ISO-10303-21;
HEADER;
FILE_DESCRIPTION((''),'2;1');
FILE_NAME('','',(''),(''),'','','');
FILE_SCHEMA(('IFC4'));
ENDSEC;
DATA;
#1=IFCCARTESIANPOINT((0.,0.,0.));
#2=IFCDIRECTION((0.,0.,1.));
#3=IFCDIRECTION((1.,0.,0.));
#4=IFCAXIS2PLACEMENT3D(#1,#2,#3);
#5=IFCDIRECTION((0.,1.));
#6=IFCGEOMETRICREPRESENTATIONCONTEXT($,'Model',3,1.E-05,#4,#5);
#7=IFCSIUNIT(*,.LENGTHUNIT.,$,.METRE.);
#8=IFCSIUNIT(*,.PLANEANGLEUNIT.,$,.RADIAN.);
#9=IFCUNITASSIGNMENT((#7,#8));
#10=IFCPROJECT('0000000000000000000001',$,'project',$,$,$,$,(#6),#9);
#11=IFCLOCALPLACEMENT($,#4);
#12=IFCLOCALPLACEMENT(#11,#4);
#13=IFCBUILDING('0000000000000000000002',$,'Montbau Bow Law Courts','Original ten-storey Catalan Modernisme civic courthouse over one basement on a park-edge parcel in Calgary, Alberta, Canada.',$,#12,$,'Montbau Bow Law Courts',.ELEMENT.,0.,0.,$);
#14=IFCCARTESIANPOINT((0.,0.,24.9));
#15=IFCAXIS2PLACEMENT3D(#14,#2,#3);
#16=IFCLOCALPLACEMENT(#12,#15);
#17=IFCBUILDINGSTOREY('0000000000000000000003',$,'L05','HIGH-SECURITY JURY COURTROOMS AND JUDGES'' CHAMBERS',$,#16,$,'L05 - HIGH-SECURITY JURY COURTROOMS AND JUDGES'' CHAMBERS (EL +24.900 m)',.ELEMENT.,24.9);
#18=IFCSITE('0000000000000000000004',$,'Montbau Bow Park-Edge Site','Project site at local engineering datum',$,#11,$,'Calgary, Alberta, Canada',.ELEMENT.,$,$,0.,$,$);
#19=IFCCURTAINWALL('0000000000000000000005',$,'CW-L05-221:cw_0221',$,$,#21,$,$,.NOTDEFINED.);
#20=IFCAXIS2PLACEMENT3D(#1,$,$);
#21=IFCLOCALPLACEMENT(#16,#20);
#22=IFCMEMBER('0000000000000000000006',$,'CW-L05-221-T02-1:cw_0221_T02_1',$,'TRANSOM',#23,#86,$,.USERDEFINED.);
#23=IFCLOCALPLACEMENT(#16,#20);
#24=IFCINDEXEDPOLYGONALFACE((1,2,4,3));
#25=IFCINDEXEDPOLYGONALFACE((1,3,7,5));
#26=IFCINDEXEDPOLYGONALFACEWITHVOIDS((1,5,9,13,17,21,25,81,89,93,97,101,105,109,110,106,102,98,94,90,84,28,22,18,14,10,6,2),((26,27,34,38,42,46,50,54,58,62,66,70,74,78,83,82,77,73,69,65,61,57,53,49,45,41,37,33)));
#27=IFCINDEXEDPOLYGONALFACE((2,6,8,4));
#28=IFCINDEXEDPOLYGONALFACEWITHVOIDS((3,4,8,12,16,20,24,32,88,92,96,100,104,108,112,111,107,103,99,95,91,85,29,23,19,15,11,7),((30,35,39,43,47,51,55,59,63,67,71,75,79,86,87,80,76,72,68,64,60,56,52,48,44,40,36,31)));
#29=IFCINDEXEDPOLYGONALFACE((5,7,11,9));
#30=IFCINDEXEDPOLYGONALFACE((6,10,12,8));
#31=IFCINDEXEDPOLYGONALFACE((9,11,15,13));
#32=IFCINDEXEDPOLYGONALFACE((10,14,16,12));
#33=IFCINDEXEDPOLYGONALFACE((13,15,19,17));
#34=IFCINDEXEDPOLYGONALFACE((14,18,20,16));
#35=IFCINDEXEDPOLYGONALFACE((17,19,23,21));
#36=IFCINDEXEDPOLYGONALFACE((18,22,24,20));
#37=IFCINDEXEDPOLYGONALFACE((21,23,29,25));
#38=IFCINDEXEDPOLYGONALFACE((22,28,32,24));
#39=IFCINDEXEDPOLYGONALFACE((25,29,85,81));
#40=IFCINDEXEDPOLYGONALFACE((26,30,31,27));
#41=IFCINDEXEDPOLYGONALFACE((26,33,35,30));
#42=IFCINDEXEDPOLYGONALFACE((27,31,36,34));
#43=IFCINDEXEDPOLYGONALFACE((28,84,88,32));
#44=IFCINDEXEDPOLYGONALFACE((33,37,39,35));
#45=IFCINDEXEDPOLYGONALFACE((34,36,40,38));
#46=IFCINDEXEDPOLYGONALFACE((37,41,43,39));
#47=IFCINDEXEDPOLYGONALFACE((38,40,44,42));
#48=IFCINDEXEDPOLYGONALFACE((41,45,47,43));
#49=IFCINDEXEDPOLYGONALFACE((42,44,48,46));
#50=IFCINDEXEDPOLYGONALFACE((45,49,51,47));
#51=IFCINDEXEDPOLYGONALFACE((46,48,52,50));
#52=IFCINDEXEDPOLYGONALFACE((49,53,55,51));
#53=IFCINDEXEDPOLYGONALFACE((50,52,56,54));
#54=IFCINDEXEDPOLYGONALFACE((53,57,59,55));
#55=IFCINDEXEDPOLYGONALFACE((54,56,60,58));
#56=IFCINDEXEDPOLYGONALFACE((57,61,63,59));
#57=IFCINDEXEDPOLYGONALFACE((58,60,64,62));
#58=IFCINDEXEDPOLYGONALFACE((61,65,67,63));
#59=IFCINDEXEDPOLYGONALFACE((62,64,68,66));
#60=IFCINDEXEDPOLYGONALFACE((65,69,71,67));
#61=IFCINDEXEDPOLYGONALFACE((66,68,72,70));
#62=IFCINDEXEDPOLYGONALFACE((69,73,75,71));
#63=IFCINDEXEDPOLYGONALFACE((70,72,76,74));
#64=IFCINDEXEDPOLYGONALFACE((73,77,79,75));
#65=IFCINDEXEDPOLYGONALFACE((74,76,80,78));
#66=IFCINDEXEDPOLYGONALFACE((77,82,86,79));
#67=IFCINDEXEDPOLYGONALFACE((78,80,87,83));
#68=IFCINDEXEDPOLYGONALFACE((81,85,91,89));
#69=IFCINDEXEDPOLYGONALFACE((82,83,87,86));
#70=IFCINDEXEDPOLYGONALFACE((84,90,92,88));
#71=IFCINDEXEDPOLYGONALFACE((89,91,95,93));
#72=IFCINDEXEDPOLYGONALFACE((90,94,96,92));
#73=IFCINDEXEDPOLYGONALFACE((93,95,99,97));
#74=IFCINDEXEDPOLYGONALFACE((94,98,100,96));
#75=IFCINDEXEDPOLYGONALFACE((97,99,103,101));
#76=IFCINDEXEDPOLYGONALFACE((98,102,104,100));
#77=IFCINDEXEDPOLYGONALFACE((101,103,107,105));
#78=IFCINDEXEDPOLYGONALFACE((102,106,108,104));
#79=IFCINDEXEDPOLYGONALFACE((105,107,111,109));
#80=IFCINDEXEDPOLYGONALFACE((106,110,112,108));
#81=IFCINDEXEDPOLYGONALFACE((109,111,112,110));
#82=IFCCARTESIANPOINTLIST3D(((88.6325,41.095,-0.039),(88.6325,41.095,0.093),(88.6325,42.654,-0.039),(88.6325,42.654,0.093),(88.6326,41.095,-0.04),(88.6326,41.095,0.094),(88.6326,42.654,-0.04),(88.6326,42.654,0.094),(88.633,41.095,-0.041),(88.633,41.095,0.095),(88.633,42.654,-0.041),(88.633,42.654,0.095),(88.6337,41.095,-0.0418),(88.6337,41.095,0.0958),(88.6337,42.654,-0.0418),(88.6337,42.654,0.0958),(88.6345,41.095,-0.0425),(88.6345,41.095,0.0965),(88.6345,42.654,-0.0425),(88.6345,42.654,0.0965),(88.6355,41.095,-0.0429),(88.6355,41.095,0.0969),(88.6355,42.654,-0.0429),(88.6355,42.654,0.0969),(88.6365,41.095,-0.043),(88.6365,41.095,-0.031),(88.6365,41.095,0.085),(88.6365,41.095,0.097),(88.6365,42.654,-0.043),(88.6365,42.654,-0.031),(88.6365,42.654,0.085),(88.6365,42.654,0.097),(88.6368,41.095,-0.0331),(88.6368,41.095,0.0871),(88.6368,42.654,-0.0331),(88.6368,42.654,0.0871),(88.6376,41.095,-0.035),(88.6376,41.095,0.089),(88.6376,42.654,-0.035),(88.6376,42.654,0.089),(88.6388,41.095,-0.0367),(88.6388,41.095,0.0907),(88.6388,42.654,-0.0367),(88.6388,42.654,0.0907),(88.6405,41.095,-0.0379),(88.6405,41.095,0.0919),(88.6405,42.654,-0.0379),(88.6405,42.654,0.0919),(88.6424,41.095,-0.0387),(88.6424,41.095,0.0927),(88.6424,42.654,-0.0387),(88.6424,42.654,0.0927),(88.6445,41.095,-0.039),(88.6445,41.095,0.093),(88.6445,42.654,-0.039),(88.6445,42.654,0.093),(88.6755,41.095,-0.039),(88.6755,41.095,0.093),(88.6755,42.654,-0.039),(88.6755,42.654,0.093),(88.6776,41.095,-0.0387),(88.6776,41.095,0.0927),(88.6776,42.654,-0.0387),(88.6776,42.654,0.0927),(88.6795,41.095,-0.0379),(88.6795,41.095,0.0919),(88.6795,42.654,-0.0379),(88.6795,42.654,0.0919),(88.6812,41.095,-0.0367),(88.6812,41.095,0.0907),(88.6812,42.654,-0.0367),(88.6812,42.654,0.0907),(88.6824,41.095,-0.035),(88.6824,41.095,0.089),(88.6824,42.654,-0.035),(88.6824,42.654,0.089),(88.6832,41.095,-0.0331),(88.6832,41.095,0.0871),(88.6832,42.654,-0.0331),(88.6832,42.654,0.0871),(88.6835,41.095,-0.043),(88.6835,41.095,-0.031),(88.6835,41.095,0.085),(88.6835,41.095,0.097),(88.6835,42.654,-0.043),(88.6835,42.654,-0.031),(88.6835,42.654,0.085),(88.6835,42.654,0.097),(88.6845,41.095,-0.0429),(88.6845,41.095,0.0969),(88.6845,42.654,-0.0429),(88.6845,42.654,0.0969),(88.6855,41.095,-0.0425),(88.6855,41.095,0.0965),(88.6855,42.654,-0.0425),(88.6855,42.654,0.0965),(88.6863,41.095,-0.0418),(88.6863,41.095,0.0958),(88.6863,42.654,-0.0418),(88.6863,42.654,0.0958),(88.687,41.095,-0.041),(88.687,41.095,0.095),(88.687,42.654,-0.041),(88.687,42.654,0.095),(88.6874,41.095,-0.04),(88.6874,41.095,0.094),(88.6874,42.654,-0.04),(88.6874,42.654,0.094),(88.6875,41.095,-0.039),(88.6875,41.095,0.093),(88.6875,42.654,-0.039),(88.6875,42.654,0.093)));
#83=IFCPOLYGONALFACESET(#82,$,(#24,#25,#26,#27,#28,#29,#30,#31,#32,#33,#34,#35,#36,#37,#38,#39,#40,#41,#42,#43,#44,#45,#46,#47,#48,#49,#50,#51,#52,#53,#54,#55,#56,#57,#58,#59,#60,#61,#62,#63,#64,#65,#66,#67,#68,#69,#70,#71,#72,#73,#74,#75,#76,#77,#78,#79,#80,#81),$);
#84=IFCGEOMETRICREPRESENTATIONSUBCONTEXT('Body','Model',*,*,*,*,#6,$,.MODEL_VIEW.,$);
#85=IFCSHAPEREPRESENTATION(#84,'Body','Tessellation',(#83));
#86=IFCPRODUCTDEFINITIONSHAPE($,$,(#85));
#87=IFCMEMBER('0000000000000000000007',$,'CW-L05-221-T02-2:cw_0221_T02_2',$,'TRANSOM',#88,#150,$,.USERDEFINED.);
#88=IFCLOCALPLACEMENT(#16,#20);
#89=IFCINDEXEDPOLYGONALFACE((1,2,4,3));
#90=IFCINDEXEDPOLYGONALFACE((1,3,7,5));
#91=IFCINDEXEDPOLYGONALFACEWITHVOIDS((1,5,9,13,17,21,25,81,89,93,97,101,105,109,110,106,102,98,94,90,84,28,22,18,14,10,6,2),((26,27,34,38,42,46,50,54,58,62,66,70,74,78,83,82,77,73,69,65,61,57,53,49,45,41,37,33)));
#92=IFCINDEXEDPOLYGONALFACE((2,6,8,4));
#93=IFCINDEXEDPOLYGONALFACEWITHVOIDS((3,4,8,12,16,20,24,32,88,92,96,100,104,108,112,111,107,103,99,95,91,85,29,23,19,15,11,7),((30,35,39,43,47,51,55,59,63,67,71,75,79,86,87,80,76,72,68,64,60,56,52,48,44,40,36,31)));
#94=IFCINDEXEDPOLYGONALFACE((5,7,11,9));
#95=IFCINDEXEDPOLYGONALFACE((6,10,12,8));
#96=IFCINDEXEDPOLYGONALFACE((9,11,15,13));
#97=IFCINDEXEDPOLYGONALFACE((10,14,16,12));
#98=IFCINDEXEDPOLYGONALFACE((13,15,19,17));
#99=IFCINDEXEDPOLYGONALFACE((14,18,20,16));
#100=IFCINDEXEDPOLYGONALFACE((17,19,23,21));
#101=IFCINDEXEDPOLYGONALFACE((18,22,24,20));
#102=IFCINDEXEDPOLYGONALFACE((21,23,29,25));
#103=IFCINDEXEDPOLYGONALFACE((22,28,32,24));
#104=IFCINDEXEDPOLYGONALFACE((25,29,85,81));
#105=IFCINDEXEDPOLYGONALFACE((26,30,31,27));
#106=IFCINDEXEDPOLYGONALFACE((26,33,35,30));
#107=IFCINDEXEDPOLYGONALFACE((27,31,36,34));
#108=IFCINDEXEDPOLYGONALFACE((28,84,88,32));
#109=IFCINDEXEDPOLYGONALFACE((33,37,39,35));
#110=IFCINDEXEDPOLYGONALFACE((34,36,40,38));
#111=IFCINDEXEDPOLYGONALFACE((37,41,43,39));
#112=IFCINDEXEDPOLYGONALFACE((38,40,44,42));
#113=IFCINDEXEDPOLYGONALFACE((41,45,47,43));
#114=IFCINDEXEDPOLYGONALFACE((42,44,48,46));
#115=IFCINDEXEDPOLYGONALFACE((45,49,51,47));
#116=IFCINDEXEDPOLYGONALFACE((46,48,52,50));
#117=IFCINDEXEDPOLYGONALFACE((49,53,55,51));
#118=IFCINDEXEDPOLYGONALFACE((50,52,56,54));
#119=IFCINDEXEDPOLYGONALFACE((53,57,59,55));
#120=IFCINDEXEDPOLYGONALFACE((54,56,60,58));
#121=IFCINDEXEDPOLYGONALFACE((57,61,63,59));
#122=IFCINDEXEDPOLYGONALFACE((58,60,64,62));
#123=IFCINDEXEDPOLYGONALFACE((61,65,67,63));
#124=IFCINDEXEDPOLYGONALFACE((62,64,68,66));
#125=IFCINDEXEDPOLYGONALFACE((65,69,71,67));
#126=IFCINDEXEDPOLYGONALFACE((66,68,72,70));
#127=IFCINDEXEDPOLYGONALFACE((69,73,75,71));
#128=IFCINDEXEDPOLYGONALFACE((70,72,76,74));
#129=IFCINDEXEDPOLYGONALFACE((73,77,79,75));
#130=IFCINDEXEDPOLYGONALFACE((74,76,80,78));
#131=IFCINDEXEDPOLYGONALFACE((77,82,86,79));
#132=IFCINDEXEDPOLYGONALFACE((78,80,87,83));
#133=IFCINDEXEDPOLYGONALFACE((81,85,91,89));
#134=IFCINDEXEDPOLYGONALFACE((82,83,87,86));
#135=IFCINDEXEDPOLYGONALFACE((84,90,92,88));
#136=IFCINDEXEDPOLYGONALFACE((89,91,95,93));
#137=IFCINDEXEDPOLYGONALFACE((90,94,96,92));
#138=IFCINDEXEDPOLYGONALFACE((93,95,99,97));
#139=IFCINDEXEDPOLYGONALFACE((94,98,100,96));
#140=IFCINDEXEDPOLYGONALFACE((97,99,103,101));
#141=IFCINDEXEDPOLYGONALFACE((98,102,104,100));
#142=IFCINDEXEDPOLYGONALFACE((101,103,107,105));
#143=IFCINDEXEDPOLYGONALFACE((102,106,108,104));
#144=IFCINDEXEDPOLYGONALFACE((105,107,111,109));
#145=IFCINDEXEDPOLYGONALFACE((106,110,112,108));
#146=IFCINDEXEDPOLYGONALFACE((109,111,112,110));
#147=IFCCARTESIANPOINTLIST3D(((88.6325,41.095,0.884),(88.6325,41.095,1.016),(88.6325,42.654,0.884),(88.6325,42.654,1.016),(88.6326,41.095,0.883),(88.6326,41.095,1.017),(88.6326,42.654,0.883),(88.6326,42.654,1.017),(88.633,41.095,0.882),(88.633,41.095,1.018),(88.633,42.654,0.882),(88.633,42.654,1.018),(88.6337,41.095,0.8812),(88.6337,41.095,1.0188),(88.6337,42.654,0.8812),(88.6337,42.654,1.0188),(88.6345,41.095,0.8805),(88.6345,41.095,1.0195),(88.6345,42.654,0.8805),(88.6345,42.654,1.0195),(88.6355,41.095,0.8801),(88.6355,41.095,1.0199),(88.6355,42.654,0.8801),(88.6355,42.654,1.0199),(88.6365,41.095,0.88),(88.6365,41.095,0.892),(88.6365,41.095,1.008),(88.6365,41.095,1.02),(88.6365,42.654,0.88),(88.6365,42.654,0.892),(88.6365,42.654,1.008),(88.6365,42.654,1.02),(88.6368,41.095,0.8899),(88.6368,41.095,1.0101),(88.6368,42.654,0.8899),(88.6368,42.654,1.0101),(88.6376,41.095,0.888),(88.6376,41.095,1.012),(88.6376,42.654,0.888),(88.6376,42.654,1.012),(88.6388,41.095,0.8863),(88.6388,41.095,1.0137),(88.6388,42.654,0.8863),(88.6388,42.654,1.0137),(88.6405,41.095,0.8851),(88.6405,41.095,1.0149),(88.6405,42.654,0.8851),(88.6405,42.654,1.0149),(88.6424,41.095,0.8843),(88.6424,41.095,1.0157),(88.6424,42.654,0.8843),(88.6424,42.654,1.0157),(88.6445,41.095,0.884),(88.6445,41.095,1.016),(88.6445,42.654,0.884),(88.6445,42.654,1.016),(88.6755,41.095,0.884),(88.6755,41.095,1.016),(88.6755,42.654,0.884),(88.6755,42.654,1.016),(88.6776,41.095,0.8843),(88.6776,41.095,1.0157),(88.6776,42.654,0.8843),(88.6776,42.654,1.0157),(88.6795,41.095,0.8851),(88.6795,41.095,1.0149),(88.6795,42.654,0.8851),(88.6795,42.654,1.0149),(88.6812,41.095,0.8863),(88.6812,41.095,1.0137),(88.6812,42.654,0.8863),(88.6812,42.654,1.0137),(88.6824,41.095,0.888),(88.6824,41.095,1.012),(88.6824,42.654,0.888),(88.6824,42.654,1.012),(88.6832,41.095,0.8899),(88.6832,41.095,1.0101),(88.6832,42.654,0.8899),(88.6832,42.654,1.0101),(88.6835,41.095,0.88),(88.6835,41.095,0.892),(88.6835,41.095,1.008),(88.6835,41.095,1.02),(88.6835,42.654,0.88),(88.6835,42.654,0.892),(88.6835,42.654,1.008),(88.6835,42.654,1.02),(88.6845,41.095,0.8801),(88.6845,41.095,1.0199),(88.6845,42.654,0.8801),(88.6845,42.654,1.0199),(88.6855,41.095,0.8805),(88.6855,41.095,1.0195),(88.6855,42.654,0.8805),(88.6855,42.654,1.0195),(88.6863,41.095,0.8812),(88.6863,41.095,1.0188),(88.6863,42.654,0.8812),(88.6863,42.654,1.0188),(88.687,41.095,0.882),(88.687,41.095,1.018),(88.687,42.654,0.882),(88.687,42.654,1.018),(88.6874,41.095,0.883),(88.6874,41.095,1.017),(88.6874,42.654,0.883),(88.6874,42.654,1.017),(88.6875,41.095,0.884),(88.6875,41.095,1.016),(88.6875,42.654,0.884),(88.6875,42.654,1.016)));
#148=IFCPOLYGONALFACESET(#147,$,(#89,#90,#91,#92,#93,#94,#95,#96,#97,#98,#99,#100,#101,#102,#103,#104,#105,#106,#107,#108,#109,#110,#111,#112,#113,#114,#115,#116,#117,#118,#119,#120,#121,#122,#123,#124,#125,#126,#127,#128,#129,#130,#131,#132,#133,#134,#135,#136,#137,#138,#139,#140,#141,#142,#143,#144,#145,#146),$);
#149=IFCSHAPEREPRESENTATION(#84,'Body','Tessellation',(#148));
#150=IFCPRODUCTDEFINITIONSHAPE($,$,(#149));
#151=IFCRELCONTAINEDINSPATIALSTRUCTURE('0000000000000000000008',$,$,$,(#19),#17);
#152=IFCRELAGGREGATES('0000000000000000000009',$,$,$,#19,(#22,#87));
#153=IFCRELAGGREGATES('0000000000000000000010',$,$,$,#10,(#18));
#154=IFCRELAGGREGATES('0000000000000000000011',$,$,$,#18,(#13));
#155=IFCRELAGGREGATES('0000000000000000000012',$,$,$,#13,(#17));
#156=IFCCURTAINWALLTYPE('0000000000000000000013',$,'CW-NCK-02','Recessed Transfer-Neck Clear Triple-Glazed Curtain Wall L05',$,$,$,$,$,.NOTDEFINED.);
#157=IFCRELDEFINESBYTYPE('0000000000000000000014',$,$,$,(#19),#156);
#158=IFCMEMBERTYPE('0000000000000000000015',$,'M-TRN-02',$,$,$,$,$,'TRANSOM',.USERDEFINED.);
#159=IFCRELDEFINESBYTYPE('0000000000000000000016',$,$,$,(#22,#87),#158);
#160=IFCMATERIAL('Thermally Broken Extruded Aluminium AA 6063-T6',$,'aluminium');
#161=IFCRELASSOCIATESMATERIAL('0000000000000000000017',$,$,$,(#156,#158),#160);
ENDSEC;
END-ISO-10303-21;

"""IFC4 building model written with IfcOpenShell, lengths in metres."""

from ifc_helpers import new_model, si_unit, direction, frame, origin_with_axes, origin_2d_with_axis, place, context, subcontext, project, spatial, hollow_rectangle, extrude, material, material_profile, profile_set, type_object, element, aggregate, save


model = new_model("IFC4")

# Units and contexts
model_context = context("Model", 3, precision=1e-05, world=origin_with_axes(), true_north=direction((0.0, 1.0)))
body_context = subcontext(model_context, "Body", "Model", "MODEL_VIEW")
ifc_project = project(units=[si_unit("LENGTHUNIT", "METRE"), si_unit("PLANEANGLEUNIT", "RADIAN")], contexts=[model_context])

# Site, building, storey
site_placement = place(None, origin_with_axes())
site = spatial("IfcSite", under=ifc_project, at=site_placement, Name="Montbau Bow Park-Edge Site", Description="Project site at local engineering datum", LongName="Calgary, Alberta, Canada", CompositionType="ELEMENT", RefElevation=0.0)
building_placement = place(site_placement, origin_with_axes())
building = spatial("IfcBuilding", under=site, at=building_placement, Name="Montbau Bow Law Courts", Description="Original ten-storey Catalan Modernisme civic courthouse over one basement on a park-edge parcel in Calgary, Alberta, Canada.", LongName="Montbau Bow Law Courts", CompositionType="ELEMENT", ElevationOfRefHeight=0.0, ElevationOfTerrain=0.0)
storey_placement = place(building_placement, frame((0.0, 0.0, 24.9), z_axis=(0.0, 0.0, 1.0), x_axis=(1.0, 0.0, 0.0)))
storey = spatial("IfcBuildingStorey", under=building, at=storey_placement, Name="L05", Description="HIGH-SECURITY JURY COURTROOMS AND JUDGES' CHAMBERS", LongName="L05 - HIGH-SECURITY JURY COURTROOMS AND JUDGES' CHAMBERS (EL +24.900 m)", CompositionType="ELEMENT", Elevation=24.9)

# Curtain wall, members
ifc_material_1 = material(Name="Thermally Broken Extruded Aluminium AA 6063-T6", Category="aluminium")
curtain_wall_type = type_object("IfcCurtainWallType", Name="CW-NCK-02", Description="Recessed Transfer-Neck Clear Triple-Glazed Curtain Wall L05", PredefinedType="NOTDEFINED", material=ifc_material_1)
curtain_wall_placement = place(None, frame((88.66, 39.44, 24.9), z_axis=(0.0, 0.0, 1.0), x_axis=(1.0, 0.0, 0.0)))
curtain_wall = element("IfcCurtainWall", 1, at=curtain_wall_placement, inside=storey, type_object=curtain_wall_type, Name="CW-L05-221:cw_0221", PredefinedType="NOTDEFINED")
ifc_material_profile_1 = material_profile(ifc_material_1, hollow_rectangle(XDim=0.055, YDim=0.14, WallThickness=0.004, InnerFilletRadius=0.008, OuterFilletRadius=0.004, at=origin_2d_with_axis()), Name="CWT-140X55", Category="Main", Priority=0)
ifc_profile_set_1 = profile_set([ifc_material_profile_1], Name="Thermally Broken Extruded Aluminium AA 6063-T6")
member_type_1 = type_object("IfcMemberType", Name="M-TRN-02", ElementType="TRANSOM", PredefinedType="USERDEFINED", material=ifc_profile_set_1)
member_1_placement = place(None, frame((88.66, 41.095, 24.927), z_axis=(0.0, 1.0, 0.0), x_axis=(-1.0, 0.0, 0.0)))
member_1 = element("IfcMember", 2, at=member_1_placement, type_object=member_type_1, Name="CW-L05-221-T02-1:cw_0221_T02_1", ObjectType="TRANSOM", PredefinedType="USERDEFINED", context=body_context, shape_type="SweptSolid", body=[
    extrude(hollow_rectangle(XDim=0.055, YDim=0.14, WallThickness=0.004, InnerFilletRadius=0.008, OuterFilletRadius=0.004, at=origin_2d_with_axis()), origin_with_axes(), (0.0, 0.0, 1.0), 1.559),
])
member_2_placement = place(None, frame((88.66, 41.095, 25.85), z_axis=(0.0, 1.0, 0.0), x_axis=(-1.0, 0.0, 0.0)))
member_2 = element("IfcMember", 3, at=member_2_placement, type_object=member_type_1, Name="CW-L05-221-T02-2:cw_0221_T02_2", ObjectType="TRANSOM", PredefinedType="USERDEFINED", context=body_context, shape_type="SweptSolid", body=[
    extrude(hollow_rectangle(XDim=0.055, YDim=0.14, WallThickness=0.004, InnerFilletRadius=0.008, OuterFilletRadius=0.004, at=origin_2d_with_axis()), origin_with_axes(), (0.0, 0.0, 1.0), 1.559),
])
aggregate(curtain_wall, [member_1, member_2])

save(model, "model.ifc")
